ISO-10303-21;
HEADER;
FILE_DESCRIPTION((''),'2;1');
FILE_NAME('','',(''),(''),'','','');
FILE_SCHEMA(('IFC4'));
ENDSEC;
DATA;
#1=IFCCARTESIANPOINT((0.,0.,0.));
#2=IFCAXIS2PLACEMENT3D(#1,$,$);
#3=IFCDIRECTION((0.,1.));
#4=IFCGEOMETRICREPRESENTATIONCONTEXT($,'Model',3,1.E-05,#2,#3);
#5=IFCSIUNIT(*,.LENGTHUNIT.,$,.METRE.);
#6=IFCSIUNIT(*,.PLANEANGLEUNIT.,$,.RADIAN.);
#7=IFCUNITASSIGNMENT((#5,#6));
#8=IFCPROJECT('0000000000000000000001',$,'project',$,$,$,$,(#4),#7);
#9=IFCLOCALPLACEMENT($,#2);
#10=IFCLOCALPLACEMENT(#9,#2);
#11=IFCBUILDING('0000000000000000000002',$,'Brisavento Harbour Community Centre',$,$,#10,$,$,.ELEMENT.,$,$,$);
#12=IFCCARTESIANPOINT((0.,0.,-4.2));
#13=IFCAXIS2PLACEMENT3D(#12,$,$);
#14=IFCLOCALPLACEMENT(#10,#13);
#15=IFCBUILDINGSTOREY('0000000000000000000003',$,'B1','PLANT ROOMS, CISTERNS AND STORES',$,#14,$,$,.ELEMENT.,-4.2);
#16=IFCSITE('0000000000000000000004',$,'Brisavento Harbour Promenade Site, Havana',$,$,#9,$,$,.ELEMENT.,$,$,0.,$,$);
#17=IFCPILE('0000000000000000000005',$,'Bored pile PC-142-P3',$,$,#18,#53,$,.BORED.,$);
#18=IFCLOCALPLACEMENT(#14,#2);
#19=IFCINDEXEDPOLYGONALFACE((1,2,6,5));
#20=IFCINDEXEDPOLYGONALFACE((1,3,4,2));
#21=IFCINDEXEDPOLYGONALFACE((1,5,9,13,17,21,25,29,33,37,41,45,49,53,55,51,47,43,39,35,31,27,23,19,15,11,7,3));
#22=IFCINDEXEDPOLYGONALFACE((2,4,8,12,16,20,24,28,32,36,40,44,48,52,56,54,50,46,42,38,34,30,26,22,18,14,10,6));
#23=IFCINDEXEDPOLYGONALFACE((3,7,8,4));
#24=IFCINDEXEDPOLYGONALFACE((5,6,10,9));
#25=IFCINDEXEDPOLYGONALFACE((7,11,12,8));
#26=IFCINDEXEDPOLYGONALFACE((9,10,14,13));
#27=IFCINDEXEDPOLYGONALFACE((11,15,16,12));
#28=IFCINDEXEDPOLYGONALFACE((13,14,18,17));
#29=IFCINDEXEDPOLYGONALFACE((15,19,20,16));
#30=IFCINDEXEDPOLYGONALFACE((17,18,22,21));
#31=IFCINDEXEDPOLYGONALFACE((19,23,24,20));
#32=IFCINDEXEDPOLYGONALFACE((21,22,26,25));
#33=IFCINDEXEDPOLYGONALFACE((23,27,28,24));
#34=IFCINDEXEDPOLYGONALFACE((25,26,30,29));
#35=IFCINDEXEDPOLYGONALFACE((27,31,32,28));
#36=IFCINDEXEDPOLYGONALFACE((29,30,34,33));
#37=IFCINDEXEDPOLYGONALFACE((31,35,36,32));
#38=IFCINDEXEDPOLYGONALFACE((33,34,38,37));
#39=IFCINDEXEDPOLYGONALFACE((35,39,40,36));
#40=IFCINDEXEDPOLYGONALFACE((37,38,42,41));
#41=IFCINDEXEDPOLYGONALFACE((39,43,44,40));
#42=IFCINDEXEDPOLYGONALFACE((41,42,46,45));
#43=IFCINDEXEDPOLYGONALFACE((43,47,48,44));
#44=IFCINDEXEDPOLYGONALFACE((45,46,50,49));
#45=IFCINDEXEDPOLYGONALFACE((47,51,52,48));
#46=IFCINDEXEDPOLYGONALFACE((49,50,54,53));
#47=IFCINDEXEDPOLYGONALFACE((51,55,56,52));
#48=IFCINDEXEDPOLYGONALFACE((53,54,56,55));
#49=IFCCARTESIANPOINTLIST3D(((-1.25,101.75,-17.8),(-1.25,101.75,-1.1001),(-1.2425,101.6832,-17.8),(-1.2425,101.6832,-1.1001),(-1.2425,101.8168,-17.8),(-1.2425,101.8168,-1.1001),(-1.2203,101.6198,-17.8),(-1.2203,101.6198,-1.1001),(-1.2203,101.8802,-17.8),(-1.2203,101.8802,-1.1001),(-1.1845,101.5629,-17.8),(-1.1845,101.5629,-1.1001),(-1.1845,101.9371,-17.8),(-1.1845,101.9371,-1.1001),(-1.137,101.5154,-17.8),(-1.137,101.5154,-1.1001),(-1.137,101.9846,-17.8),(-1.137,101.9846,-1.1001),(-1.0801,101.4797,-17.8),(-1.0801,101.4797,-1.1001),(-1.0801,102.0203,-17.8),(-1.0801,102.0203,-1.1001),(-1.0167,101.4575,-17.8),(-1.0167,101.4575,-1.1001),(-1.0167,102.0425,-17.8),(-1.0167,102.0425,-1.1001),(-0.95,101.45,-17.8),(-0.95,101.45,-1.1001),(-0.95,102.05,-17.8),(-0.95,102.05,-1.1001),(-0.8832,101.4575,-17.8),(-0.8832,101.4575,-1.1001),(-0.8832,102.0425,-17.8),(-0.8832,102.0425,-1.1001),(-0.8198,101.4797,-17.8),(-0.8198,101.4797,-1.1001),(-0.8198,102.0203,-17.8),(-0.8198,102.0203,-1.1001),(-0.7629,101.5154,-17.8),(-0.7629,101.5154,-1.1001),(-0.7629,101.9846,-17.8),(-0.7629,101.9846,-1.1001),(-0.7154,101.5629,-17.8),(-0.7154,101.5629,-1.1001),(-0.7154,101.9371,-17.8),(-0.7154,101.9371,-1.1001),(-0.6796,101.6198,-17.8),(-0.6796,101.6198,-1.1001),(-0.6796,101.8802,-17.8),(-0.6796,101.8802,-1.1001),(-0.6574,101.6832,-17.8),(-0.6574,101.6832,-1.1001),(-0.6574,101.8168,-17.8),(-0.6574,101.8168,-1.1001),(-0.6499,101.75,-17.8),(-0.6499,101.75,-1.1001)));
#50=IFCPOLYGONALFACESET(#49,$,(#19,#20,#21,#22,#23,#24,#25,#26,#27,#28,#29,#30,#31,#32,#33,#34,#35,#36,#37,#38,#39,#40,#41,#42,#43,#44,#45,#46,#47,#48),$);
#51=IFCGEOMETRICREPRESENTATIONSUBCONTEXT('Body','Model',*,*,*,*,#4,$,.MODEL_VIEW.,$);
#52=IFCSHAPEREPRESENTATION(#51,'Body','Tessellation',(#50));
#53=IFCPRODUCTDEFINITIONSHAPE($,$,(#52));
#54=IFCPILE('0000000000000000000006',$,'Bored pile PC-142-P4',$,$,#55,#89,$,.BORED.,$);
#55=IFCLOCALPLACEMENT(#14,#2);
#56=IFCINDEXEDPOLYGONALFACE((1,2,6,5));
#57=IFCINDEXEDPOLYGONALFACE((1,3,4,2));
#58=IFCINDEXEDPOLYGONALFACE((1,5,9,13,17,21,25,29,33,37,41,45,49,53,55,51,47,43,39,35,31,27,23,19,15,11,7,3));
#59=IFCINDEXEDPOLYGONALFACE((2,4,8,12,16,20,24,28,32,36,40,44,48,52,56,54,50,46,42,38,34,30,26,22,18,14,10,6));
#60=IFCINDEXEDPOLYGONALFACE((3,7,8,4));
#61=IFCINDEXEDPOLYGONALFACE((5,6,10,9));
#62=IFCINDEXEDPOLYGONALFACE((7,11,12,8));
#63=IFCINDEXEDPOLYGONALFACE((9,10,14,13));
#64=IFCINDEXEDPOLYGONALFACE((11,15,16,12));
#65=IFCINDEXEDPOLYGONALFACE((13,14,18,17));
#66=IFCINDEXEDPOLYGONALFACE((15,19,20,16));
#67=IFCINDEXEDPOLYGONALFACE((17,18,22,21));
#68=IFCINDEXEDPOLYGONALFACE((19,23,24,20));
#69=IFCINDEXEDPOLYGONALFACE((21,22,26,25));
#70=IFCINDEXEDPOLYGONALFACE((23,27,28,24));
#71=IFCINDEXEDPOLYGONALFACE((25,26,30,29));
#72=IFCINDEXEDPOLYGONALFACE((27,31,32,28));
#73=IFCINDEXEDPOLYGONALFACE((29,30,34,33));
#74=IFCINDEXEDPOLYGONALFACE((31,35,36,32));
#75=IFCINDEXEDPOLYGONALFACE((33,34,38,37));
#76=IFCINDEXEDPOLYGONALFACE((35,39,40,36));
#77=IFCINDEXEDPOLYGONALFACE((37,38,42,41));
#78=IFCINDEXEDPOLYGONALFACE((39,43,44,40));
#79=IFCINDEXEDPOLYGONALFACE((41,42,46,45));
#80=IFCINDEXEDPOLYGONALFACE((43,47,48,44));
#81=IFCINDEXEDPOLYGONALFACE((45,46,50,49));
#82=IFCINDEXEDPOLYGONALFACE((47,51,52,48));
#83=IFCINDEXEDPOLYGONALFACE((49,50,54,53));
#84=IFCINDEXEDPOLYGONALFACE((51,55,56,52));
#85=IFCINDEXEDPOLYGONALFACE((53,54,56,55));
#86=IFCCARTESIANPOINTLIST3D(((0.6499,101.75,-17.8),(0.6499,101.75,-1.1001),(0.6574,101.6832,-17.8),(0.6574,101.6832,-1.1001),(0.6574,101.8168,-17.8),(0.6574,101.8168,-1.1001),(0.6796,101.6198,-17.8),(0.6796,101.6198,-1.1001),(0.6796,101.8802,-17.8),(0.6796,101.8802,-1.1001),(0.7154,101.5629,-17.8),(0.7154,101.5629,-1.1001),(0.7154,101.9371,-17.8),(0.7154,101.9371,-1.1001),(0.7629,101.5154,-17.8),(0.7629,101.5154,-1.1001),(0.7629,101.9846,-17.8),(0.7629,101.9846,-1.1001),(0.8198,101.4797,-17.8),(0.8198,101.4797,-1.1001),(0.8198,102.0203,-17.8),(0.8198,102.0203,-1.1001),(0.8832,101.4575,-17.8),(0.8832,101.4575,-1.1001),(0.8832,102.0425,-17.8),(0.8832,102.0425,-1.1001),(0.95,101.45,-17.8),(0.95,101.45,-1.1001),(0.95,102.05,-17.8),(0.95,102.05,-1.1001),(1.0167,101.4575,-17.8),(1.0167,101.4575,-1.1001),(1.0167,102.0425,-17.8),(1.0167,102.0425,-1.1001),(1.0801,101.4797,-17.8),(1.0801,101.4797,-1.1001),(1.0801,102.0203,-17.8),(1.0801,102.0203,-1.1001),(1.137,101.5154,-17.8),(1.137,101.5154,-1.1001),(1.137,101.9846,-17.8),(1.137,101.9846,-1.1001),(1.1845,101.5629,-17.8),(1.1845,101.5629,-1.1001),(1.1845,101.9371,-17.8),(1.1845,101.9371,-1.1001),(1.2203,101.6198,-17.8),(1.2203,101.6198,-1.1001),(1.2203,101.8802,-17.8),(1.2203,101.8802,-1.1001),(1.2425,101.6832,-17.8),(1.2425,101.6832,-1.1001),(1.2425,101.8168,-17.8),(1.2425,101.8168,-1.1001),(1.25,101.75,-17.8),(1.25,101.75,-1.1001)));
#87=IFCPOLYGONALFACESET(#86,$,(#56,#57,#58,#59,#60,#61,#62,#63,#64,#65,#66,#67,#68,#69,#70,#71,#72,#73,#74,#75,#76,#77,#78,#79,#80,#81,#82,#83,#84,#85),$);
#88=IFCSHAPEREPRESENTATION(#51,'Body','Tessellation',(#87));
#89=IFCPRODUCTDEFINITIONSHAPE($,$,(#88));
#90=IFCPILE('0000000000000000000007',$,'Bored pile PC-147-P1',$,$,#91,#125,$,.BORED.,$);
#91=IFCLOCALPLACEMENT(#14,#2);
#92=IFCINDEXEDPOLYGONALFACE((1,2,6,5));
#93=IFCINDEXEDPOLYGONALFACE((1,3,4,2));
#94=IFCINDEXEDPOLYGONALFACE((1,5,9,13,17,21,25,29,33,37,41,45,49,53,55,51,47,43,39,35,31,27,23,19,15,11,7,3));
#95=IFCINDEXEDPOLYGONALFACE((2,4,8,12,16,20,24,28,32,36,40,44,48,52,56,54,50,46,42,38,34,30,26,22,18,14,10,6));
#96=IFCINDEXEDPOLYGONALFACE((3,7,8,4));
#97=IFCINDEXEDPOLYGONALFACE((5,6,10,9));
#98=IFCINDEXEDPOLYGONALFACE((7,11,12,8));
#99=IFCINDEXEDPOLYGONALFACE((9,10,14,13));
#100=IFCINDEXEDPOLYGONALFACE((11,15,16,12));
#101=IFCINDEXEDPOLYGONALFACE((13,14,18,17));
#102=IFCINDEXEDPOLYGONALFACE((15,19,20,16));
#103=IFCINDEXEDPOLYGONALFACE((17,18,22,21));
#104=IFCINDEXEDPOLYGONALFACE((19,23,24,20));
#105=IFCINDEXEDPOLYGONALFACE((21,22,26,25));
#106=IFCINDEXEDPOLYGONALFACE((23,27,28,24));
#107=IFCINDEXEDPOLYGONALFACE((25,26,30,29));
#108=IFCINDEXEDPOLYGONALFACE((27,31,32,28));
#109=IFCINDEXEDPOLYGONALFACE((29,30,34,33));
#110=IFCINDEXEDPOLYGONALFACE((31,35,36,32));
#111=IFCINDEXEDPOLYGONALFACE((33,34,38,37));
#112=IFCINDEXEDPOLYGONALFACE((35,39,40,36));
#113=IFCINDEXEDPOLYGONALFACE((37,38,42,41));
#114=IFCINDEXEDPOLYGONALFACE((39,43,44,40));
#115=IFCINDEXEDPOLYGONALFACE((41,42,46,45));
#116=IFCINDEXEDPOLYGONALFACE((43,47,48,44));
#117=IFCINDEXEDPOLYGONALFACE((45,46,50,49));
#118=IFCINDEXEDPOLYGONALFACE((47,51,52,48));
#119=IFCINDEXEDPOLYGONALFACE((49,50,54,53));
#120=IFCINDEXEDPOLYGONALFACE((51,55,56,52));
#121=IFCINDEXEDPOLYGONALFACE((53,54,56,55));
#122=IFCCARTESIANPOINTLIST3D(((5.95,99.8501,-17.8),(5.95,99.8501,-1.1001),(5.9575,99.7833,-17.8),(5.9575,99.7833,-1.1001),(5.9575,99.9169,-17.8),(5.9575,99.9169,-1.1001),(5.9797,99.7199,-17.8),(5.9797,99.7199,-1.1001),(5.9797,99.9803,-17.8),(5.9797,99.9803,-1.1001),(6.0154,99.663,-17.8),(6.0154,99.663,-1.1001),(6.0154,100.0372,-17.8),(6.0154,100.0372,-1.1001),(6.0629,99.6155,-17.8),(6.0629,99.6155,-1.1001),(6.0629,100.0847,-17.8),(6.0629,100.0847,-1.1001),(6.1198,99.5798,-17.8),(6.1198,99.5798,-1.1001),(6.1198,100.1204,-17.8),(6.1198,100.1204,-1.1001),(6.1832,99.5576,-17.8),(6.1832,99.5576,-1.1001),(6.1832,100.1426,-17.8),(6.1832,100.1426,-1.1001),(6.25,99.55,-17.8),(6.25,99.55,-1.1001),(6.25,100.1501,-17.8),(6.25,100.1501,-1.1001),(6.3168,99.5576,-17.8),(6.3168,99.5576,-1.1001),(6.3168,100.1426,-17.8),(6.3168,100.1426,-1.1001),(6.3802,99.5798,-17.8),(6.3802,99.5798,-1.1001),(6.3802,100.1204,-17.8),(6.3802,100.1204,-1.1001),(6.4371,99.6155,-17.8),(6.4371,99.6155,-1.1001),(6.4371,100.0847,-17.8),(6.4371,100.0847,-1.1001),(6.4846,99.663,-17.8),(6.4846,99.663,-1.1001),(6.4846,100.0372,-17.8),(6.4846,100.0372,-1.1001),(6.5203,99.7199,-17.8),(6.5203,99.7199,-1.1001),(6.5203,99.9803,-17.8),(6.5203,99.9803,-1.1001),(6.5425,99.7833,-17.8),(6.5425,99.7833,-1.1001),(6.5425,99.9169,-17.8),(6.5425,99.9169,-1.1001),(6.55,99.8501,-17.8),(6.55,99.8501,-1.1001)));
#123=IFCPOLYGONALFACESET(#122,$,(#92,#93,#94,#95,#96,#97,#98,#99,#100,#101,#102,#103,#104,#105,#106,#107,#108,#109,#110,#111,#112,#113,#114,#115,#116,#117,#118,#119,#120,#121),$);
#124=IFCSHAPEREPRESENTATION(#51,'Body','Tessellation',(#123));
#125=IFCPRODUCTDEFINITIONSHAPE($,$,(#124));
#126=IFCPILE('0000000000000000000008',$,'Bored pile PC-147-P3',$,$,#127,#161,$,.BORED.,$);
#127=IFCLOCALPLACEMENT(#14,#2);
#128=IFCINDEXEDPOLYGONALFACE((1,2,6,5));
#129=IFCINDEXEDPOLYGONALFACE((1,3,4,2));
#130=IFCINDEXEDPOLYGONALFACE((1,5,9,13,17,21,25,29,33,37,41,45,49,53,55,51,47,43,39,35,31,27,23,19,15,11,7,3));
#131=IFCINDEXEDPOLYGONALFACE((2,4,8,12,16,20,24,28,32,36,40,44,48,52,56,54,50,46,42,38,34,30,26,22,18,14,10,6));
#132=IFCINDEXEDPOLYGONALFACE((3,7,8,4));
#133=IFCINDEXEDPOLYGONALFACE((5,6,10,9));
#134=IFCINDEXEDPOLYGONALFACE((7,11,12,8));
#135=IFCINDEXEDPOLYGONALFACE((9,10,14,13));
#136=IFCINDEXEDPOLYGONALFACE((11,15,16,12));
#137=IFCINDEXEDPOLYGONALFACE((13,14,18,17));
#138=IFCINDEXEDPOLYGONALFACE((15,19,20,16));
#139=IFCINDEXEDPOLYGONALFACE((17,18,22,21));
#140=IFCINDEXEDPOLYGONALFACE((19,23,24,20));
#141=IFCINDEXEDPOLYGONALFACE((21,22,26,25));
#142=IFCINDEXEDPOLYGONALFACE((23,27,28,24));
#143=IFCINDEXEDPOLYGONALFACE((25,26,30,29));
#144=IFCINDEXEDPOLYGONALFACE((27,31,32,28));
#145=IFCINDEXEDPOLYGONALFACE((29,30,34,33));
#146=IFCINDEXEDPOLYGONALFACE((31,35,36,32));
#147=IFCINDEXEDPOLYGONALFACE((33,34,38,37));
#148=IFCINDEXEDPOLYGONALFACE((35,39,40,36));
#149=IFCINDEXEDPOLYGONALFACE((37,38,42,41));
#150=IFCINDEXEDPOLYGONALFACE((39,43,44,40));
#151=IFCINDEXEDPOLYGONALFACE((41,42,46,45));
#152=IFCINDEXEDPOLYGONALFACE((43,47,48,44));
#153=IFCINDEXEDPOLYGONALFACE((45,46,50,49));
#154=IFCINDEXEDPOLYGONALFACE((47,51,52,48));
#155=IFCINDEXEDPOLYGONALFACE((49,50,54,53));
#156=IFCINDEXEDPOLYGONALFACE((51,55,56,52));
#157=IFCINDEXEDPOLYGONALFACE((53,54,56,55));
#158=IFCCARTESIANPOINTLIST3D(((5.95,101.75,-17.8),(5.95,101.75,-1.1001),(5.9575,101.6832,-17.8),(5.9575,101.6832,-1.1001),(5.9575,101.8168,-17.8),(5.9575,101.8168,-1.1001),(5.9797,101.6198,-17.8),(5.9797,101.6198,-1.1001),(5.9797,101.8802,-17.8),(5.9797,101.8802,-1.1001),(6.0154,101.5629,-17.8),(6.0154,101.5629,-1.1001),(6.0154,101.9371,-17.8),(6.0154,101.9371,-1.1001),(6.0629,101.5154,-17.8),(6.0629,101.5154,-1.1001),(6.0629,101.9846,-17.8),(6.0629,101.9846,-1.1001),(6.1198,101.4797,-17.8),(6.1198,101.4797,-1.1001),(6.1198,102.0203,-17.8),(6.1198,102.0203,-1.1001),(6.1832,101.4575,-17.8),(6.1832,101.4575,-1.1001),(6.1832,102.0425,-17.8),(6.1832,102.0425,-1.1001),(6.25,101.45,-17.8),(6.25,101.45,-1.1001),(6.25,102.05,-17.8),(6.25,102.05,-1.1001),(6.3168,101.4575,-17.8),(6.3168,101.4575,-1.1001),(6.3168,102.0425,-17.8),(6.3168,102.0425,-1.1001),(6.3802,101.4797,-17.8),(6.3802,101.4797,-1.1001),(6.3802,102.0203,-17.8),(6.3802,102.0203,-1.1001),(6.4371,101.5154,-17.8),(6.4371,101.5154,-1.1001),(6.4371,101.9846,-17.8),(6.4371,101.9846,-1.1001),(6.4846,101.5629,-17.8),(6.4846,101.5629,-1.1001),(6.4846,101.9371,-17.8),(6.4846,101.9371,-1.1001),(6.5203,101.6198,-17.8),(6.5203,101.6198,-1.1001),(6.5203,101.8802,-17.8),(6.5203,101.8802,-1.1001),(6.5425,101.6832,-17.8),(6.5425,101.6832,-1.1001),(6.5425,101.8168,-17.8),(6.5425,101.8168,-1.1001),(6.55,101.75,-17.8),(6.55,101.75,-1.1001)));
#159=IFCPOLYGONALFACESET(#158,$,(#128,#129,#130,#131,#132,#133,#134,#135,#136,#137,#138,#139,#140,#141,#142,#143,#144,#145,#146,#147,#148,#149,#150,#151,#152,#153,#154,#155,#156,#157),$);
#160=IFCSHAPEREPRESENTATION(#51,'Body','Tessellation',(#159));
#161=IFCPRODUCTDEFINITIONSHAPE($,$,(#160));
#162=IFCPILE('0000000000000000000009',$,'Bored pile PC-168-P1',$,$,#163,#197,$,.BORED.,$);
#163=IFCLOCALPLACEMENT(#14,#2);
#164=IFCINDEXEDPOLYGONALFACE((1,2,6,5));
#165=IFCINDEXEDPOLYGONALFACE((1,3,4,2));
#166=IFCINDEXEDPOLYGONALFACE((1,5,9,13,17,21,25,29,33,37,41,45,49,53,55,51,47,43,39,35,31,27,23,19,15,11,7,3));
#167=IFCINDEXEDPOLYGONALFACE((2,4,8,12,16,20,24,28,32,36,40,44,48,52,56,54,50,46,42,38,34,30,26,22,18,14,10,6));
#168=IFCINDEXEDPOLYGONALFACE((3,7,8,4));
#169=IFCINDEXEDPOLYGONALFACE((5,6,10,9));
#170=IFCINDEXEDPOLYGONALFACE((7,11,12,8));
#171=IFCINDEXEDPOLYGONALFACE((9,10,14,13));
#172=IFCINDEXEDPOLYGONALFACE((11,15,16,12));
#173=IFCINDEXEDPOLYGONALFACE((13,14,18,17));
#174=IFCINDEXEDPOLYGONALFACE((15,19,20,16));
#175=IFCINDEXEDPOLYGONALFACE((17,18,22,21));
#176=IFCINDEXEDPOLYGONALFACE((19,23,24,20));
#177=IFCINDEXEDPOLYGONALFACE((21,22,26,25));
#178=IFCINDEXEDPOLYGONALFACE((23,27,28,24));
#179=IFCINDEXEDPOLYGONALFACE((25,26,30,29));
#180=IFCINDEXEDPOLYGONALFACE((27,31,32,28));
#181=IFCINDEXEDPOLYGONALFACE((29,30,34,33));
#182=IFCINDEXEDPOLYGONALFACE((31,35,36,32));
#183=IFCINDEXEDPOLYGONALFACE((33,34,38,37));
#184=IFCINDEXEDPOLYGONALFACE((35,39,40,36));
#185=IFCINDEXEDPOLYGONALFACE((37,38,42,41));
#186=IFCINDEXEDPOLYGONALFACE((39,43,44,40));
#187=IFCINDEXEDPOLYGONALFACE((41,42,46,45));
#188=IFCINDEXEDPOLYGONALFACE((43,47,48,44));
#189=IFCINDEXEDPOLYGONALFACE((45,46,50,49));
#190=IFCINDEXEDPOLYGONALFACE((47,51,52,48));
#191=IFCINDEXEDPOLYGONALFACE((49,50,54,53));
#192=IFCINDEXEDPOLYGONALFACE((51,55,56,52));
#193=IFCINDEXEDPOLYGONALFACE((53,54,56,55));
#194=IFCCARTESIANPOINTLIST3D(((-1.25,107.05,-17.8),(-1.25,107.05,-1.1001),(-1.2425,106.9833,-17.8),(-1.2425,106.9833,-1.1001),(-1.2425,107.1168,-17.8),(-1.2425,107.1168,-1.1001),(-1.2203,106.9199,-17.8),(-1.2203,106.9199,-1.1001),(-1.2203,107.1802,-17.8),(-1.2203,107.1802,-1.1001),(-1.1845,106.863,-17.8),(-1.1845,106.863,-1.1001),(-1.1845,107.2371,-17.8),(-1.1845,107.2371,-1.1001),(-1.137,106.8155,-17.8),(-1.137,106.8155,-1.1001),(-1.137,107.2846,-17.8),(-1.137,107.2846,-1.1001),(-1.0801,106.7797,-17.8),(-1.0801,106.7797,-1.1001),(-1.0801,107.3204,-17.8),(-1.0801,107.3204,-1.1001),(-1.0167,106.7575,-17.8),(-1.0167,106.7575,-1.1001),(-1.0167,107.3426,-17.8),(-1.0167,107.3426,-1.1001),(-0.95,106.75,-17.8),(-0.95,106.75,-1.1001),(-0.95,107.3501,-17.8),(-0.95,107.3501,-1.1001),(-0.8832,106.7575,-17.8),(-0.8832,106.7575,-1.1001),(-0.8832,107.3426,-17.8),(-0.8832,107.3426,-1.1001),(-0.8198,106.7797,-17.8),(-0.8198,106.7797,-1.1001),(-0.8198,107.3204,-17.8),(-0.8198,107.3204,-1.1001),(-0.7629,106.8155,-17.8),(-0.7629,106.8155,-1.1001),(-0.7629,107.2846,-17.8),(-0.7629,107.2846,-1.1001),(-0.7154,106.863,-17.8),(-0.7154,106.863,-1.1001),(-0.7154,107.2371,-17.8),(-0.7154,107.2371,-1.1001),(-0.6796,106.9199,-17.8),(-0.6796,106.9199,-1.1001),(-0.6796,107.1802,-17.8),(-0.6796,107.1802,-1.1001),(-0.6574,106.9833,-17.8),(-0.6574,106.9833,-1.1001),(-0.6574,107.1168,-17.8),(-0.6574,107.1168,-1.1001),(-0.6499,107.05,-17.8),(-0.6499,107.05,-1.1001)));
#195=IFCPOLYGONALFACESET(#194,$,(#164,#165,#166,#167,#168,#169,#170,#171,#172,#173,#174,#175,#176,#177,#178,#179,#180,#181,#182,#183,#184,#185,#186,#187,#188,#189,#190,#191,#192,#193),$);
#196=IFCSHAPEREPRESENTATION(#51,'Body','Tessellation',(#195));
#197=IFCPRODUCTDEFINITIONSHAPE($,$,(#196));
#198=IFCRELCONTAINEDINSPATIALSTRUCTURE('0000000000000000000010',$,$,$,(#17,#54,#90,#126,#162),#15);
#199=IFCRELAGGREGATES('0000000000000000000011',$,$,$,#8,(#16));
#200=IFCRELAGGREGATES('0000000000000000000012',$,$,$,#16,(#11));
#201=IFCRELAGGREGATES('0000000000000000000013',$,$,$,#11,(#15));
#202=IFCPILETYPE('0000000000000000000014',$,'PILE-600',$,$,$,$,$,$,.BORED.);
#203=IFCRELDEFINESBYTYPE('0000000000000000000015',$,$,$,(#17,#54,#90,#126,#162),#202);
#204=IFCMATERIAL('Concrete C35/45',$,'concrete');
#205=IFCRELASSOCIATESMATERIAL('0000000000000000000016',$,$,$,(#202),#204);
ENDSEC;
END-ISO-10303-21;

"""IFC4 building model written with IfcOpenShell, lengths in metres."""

from ifc_helpers import new_model, si_unit, direction, frame, origin, origin_2d, place, context, subcontext, project, spatial, circle, extrude, material, material_profile, profile_set, type_object, element, save


model = new_model("IFC4")

# Units and contexts
model_context = context("Model", 3, precision=1e-05, world=origin(), true_north=direction((0.0, 1.0)))
body_context = subcontext(model_context, "Body", "Model", "MODEL_VIEW")
ifc_project = project(units=[si_unit("LENGTHUNIT", "METRE"), si_unit("PLANEANGLEUNIT", "RADIAN")], contexts=[model_context])

# Site, building, storey
site_placement = place(None, origin())
site = spatial("IfcSite", under=ifc_project, at=site_placement, Name="Brisavento Harbour Promenade Site, Havana", CompositionType="ELEMENT", RefElevation=0.0)
building_placement = place(site_placement, origin())
building = spatial("IfcBuilding", under=site, at=building_placement, Name="Brisavento Harbour Community Centre", CompositionType="ELEMENT")
storey_placement = place(building_placement, frame((0.0, 0.0, -4.2)))
storey = spatial("IfcBuildingStorey", under=building, at=storey_placement, Name="B1", Description="PLANT ROOMS, CISTERNS AND STORES", CompositionType="ELEMENT", Elevation=-4.2)

# Shared definitions
ifc_material = material(Name="Concrete C35/45", Category="concrete")

# Piles
ifc_material_profile_1 = material_profile(ifc_material, circle(Radius=0.3, at=origin_2d()), Name="Concrete C35/45")
ifc_profile_set_1 = profile_set([ifc_material_profile_1], Name="Concrete C35/45")
pile_type = type_object("IfcPileType", Name="PILE-600", PredefinedType="BORED", material=ifc_profile_set_1)
for number, where, z_axis, x_axis, name in (
    (1, (-0.95, 101.75, -1.1001), (0.0, 0.0, -1.0), (1.0, 0.0, 0.0), "Bored pile PC-142-P3"),
    (2, (0.95, 101.75, -1.1001), (0.0, 0.0, -1.0), (1.0, 0.0, 0.0), "Bored pile PC-142-P4"),
    (3, (6.25, 99.8501, -1.1001), (0.0, 0.0, -1.0), (1.0, 0.0, 0.0), "Bored pile PC-147-P1"),
    (4, (6.25, 101.75, -1.1001), (0.0, 0.0, -1.0), (1.0, 0.0, 0.0), "Bored pile PC-147-P3"),
    (5, (-0.95, 107.05, -1.1001), (0.0, 0.0, -1.0), (1.0, 0.0, 0.0), "Bored pile PC-168-P1"),
):
    element("IfcPile", number, at=place(storey_placement, frame(where, z_axis=z_axis, x_axis=x_axis)), inside=storey, type_object=pile_type, Name=name, PredefinedType="BORED", context=body_context, shape_type="SweptSolid", body=[
        extrude(circle(Radius=0.3, at=origin_2d()), origin(), (0.0, 0.0, 1.0), 16.7),
    ])

save(model, "model.ifc")
